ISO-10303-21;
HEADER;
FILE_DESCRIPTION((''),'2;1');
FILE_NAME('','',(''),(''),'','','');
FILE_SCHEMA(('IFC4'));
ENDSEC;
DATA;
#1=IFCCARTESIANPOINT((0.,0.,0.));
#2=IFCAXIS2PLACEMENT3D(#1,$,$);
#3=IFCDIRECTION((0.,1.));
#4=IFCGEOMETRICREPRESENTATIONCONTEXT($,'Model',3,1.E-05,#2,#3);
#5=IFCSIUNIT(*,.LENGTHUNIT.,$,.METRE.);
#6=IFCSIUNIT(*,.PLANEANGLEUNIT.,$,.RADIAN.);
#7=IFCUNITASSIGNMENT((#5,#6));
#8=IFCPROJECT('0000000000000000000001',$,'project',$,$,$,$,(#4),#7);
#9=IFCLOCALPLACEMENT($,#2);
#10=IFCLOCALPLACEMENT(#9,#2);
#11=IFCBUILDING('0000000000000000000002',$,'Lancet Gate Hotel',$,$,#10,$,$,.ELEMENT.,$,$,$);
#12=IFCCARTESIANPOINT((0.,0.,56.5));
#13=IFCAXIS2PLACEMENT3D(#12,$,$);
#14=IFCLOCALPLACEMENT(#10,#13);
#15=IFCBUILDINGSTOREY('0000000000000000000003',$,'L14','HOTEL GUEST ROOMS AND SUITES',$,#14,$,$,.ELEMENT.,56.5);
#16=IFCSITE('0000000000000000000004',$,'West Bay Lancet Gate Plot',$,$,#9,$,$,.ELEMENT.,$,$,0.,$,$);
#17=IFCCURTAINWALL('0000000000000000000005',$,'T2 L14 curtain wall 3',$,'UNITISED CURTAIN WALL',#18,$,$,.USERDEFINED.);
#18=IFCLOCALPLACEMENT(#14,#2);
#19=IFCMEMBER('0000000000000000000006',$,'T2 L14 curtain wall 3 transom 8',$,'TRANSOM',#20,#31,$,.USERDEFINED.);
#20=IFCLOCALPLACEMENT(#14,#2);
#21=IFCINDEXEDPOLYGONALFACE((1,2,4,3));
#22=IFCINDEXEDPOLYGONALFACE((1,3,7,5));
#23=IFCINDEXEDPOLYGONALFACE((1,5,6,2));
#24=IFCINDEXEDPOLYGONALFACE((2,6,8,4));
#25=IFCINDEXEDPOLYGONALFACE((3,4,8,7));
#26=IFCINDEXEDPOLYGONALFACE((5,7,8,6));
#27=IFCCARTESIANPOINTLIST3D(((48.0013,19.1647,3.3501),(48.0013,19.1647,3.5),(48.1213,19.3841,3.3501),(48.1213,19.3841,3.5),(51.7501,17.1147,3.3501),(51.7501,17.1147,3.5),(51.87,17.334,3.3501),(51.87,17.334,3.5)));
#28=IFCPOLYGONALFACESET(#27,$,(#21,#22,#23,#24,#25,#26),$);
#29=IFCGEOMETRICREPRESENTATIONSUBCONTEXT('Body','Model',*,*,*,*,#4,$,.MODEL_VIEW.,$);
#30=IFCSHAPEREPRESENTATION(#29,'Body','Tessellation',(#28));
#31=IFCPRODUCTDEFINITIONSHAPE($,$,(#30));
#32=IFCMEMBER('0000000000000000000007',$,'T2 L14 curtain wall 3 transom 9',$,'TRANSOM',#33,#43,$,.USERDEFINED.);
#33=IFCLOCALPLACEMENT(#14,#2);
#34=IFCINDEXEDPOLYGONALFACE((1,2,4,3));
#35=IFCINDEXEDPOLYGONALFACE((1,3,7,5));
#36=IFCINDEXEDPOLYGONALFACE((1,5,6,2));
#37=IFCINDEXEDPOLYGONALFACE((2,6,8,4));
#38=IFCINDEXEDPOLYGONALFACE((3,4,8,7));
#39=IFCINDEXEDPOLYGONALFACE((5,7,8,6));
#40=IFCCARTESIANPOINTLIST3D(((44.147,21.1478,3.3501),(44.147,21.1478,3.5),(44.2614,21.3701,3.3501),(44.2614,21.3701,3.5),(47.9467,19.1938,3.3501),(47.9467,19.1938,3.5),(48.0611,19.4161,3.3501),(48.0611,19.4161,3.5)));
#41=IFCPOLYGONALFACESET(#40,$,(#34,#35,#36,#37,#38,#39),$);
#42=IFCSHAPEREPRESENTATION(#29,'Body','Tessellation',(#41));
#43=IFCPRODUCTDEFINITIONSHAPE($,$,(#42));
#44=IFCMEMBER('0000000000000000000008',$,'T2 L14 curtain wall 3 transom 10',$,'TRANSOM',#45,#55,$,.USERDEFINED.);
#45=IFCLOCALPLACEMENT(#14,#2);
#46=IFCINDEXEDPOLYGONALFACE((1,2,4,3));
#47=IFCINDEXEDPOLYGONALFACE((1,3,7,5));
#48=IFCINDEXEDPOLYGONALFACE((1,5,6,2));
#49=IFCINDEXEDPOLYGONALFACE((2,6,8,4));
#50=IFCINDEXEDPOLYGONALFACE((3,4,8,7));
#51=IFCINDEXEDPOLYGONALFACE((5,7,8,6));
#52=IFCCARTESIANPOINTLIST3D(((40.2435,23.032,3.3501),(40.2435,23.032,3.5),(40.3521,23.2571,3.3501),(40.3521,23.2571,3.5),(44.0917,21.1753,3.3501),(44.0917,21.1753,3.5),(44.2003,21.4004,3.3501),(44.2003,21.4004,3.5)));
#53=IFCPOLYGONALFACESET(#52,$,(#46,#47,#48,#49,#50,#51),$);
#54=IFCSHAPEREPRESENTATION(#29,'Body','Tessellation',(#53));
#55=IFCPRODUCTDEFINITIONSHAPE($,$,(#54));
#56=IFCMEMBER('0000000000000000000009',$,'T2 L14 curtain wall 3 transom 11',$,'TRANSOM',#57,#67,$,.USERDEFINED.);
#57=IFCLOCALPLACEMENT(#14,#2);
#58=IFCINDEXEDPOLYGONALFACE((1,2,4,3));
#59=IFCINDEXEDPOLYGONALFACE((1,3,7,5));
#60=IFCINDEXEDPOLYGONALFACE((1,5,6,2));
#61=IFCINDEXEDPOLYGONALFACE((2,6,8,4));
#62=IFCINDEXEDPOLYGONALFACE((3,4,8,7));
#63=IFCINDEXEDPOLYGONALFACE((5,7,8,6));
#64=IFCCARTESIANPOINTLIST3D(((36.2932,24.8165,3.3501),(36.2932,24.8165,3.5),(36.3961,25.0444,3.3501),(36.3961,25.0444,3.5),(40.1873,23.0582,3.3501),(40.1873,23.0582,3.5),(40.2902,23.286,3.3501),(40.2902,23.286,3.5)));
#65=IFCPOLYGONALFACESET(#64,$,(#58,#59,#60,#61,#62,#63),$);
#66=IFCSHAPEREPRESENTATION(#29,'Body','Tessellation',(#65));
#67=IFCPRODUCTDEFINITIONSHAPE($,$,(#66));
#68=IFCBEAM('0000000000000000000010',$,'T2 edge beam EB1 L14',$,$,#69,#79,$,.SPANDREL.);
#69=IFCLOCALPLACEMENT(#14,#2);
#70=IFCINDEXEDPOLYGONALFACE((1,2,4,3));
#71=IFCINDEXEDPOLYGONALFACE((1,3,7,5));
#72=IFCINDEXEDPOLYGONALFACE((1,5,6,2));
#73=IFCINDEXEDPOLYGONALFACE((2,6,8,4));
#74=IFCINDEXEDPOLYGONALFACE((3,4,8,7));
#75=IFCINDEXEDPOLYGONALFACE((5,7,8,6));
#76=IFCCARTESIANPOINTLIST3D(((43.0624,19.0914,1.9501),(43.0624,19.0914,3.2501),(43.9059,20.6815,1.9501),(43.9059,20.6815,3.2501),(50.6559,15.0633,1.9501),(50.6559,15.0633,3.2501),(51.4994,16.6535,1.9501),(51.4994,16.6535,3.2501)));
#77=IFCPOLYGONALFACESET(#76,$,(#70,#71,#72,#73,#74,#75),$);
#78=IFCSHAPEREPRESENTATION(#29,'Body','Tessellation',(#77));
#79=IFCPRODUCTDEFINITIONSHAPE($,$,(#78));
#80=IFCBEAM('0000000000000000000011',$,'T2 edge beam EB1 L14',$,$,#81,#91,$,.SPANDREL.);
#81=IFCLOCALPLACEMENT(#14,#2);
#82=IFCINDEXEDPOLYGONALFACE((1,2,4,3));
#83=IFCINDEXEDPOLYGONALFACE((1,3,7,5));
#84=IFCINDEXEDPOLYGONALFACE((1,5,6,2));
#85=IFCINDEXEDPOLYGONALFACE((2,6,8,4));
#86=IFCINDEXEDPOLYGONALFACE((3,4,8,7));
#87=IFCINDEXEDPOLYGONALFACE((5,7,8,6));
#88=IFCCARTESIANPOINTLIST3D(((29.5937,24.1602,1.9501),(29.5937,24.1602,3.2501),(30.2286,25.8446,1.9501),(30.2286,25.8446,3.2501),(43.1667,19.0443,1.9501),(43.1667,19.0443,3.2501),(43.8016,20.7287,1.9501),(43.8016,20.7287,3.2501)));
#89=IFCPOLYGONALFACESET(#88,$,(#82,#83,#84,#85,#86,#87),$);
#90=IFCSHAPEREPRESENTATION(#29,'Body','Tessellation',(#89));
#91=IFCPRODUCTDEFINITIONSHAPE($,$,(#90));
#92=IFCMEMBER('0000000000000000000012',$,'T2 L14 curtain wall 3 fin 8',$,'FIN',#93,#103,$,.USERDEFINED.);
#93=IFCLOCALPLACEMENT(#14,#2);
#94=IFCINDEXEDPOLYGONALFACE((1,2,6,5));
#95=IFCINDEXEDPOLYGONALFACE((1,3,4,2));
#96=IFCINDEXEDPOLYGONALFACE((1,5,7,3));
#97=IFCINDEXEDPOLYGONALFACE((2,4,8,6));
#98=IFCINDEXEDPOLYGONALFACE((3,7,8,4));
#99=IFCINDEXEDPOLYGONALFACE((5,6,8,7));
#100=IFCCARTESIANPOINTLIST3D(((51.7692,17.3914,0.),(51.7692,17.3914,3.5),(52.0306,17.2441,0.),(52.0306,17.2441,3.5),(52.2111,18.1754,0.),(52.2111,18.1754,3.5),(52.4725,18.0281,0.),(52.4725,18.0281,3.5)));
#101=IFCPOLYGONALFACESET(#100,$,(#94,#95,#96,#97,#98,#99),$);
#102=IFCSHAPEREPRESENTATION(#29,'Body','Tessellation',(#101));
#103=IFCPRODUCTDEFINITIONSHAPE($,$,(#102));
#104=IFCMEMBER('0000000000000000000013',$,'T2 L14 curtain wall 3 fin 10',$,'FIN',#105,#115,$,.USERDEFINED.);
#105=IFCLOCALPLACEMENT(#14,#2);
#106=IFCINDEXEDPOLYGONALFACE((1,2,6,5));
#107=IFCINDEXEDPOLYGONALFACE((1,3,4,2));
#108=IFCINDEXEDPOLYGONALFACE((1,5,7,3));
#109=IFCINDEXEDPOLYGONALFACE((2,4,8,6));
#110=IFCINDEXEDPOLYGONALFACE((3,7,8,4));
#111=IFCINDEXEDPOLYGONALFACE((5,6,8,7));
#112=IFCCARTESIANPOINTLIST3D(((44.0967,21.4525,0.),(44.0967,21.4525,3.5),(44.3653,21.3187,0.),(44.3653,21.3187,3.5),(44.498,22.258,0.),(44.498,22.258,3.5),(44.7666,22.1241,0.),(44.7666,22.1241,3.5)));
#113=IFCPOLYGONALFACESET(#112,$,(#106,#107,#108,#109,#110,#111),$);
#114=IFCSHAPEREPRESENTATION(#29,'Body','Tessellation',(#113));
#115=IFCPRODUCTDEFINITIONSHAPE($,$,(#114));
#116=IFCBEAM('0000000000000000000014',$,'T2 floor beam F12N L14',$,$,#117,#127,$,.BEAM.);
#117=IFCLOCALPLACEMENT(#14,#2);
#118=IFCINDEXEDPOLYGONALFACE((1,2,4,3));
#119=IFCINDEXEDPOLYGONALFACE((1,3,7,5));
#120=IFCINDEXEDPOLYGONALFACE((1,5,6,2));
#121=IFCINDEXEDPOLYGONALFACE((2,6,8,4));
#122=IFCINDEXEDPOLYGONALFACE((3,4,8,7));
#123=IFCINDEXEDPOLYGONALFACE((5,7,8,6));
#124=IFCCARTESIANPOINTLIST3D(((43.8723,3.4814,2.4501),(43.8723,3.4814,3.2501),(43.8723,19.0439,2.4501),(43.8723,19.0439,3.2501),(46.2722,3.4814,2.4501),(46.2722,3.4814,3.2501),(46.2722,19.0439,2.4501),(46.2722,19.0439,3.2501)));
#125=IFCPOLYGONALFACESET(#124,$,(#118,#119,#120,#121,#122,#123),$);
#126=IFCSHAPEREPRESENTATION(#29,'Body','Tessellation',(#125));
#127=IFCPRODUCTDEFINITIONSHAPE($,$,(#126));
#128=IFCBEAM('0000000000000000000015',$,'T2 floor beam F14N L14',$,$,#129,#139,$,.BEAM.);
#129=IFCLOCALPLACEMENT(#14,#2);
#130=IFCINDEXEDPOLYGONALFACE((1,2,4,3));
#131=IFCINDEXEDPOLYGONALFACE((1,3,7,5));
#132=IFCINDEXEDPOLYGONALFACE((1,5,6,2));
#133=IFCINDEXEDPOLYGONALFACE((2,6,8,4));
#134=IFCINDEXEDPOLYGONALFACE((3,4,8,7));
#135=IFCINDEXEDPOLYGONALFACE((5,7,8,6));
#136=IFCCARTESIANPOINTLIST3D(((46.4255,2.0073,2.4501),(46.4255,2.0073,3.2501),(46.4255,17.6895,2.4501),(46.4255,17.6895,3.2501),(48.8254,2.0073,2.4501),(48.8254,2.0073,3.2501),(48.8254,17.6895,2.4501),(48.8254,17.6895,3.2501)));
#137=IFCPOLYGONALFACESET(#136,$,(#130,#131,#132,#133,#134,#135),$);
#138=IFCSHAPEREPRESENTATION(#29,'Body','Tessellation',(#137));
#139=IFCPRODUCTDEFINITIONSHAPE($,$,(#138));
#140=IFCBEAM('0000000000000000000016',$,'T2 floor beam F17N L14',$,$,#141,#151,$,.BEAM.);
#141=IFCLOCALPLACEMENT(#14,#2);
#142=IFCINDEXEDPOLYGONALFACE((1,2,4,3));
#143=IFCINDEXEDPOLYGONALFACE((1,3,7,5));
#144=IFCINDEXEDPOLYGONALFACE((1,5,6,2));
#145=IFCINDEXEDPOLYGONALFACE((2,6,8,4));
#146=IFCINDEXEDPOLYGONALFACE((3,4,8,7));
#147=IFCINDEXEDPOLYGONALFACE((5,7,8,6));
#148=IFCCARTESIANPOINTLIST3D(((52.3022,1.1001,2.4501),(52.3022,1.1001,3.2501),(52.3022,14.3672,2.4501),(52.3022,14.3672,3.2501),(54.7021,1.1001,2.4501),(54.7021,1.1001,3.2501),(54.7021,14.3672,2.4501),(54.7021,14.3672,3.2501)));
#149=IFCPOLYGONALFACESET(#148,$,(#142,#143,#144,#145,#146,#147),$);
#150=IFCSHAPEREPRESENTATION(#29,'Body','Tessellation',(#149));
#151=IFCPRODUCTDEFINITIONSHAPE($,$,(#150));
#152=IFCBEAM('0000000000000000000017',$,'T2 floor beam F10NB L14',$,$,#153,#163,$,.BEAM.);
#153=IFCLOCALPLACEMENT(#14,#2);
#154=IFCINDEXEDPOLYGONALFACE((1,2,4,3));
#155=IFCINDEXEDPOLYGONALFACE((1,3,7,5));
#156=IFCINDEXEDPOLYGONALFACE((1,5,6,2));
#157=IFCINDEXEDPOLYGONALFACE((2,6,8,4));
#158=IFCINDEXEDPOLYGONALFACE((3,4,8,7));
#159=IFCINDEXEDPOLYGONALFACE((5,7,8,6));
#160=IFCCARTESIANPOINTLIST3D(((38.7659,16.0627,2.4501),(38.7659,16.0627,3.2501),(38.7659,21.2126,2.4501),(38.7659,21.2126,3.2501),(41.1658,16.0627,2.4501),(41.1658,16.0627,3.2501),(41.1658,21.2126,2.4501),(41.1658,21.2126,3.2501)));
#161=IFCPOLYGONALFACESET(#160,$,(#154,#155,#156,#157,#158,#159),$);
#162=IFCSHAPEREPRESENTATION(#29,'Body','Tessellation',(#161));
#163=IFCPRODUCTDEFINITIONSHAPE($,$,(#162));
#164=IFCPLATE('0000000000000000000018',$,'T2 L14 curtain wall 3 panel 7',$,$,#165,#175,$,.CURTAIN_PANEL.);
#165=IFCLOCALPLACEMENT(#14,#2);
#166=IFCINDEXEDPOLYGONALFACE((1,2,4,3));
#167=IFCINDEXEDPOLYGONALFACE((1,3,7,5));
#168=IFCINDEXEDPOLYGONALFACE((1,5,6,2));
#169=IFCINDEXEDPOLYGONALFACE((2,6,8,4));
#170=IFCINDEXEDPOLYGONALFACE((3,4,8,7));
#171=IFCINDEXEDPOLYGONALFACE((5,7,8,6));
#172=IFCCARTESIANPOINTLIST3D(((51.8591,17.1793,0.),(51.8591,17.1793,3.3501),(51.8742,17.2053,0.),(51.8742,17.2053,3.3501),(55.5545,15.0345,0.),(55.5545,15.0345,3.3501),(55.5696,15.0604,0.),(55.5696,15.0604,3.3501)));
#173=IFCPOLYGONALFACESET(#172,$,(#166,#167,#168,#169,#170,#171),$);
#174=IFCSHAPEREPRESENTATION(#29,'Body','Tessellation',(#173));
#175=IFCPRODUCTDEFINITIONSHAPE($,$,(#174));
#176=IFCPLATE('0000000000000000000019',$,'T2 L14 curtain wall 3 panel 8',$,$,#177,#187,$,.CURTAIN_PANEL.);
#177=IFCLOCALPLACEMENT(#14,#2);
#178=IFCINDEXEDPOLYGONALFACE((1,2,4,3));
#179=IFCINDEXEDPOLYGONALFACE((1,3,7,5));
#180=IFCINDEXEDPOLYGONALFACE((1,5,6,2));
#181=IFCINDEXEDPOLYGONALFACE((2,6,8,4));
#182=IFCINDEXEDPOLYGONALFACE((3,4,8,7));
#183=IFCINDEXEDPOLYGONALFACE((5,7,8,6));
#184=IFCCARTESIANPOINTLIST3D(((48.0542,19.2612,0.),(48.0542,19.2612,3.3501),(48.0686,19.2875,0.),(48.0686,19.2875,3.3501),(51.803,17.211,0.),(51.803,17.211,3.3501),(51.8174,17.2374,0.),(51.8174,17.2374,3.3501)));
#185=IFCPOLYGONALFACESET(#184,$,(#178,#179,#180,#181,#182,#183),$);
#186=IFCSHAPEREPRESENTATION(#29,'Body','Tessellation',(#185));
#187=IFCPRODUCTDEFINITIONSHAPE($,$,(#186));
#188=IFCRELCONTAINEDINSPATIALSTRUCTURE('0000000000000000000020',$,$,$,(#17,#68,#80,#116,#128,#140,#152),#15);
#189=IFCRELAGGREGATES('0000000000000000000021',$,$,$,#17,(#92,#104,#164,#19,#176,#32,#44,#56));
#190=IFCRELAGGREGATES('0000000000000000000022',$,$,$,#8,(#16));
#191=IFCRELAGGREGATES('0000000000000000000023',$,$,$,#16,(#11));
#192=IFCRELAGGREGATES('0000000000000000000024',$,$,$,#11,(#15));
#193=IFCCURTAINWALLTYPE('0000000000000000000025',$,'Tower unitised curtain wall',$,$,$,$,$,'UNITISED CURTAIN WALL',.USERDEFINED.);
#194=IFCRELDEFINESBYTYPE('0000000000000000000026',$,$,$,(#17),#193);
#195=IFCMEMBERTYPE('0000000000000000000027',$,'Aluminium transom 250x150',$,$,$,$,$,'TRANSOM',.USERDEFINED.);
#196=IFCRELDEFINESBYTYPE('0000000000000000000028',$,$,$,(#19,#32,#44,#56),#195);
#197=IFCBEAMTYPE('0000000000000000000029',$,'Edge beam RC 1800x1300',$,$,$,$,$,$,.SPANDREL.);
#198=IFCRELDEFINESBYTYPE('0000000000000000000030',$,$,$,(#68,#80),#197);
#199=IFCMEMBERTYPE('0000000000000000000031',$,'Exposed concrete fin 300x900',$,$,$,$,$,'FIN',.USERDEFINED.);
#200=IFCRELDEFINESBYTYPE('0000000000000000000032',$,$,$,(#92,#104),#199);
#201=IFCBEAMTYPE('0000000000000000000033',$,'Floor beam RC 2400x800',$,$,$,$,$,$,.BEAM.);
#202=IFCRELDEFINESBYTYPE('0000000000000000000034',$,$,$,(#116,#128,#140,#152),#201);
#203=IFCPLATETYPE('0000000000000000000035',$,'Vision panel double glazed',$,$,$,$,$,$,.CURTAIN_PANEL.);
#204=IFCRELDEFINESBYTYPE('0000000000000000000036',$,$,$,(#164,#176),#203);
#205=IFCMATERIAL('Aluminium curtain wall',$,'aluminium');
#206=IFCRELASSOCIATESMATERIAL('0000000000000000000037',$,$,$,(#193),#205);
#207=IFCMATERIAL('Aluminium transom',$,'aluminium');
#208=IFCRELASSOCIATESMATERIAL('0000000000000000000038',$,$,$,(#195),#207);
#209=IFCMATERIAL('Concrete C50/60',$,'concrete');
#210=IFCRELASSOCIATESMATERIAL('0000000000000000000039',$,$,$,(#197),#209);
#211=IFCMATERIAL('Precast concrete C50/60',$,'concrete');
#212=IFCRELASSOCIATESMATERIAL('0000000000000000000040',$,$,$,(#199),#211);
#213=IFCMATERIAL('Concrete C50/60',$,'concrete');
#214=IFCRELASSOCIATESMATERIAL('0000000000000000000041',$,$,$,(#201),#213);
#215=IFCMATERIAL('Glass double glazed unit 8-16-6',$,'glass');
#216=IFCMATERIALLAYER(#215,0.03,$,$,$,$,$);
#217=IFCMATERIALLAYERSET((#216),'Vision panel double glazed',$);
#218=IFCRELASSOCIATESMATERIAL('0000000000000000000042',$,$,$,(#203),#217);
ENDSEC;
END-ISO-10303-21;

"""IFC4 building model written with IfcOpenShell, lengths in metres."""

from ifc_helpers import new_model, si_unit, direction, frame, origin, origin_2d, place, context, subcontext, project, spatial, rectangle, extrude, material, layer, layer_set, material_profile, profile_set, type_object, element, aggregate, save


model = new_model("IFC4")

# Units and contexts
model_context = context("Model", 3, precision=1e-05, world=origin(), true_north=direction((0.0, 1.0)))
body_context = subcontext(model_context, "Body", "Model", "MODEL_VIEW")
ifc_project = project(units=[si_unit("LENGTHUNIT", "METRE"), si_unit("PLANEANGLEUNIT", "RADIAN")], contexts=[model_context])

# Site, building, storey
site_placement = place(None, origin())
site = spatial("IfcSite", under=ifc_project, at=site_placement, Name="West Bay Lancet Gate Plot", CompositionType="ELEMENT", RefElevation=0.0)
building_placement = place(site_placement, origin())
building = spatial("IfcBuilding", under=site, at=building_placement, Name="Lancet Gate Hotel", CompositionType="ELEMENT")
storey_placement = place(building_placement, frame((0.0, 0.0, 56.5)))
storey = spatial("IfcBuildingStorey", under=building, at=storey_placement, Name="L14", Description="HOTEL GUEST ROOMS AND SUITES", CompositionType="ELEMENT", Elevation=56.5)

# Curtain wall, members
ifc_material_1 = material(Name="Aluminium curtain wall", Category="aluminium")
curtain_wall_type = type_object("IfcCurtainWallType", Name="Tower unitised curtain wall", ElementType="UNITISED CURTAIN WALL", PredefinedType="USERDEFINED", material=ifc_material_1)
curtain_wall_placement = place(storey_placement, origin())
curtain_wall = element("IfcCurtainWall", 1, at=curtain_wall_placement, inside=storey, type_object=curtain_wall_type, Name="T2 L14 curtain wall 3", ObjectType="UNITISED CURTAIN WALL", PredefinedType="USERDEFINED")
ifc_material_2 = material(Name="Aluminium transom", Category="aluminium")
ifc_material_profile_1 = material_profile(ifc_material_2, rectangle(XDim=0.25, YDim=0.1499, at=origin_2d()), Name="TRANSOM 250x150")
ifc_profile_set_1 = profile_set([ifc_material_profile_1], Name="Aluminium transom")
member_type_1 = type_object("IfcMemberType", Name="Aluminium transom 250x150", ElementType="TRANSOM", PredefinedType="USERDEFINED", material=ifc_profile_set_1)
member_1_placement = place(storey_placement, frame((51.8101, 17.2244, 3.425), z_axis=(-0.877378, 0.479801, 0.0), x_axis=(-0.479801, -0.877378, 0.0)))
member_1 = element("IfcMember", 2, at=member_1_placement, type_object=member_type_1, Name="T2 L14 curtain wall 3 transom 8", ObjectType="TRANSOM", PredefinedType="USERDEFINED", context=body_context, shape_type="SweptSolid", body=[
    extrude(rectangle(XDim=0.25, YDim=0.1499, at=origin_2d()), origin(), (0.0, 0.0, 1.0), 4.2727),
])
member_2_placement = place(storey_placement, frame((48.0039, 19.3049, 3.425), z_axis=(-0.889296, 0.457333, 0.0), x_axis=(-0.457333, -0.889296, 0.0)))
member_2 = element("IfcMember", 3, at=member_2_placement, type_object=member_type_1, Name="T2 L14 curtain wall 3 transom 9", ObjectType="TRANSOM", PredefinedType="USERDEFINED", context=body_context, shape_type="SweptSolid", body=[
    extrude(rectangle(XDim=0.25, YDim=0.1499, at=origin_2d()), origin(), (0.0, 0.0, 1.0), 4.2727),
])
member_3_placement = place(storey_placement, frame((44.146, 21.2878, 3.425), z_axis=(-0.900646, 0.434553, 0.0), x_axis=(-0.434553, -0.900646, 0.0)))
member_3 = element("IfcMember", 4, at=member_3_placement, type_object=member_type_1, Name="T2 L14 curtain wall 3 transom 10", ObjectType="TRANSOM", PredefinedType="USERDEFINED", context=body_context, shape_type="SweptSolid", body=[
    extrude(rectangle(XDim=0.25, YDim=0.1499, at=origin_2d()), origin(), (0.0, 0.0, 1.0), 4.2727),
])
member_4_placement = place(storey_placement, frame((40.2388, 23.1721, 3.425), z_axis=(-0.911397, 0.411529, 0.0), x_axis=(-0.411529, -0.911397, 0.0)))
member_4 = element("IfcMember", 5, at=member_4_placement, type_object=member_type_1, Name="T2 L14 curtain wall 3 transom 11", ObjectType="TRANSOM", PredefinedType="USERDEFINED", context=body_context, shape_type="SweptSolid", body=[
    extrude(rectangle(XDim=0.25, YDim=0.1499, at=origin_2d()), origin(), (0.0, 0.0, 1.0), 4.2727),
])

# Beams
ifc_material_3 = material(Name="Concrete C50/60", Category="concrete")
ifc_material_profile_2 = material_profile(ifc_material_3, rectangle(XDim=1.8, YDim=1.3, at=origin_2d()), Name="RC 1800x1300")
ifc_profile_set_2 = profile_set([ifc_material_profile_2], Name="Concrete C50/60")
beam_type_1 = type_object("IfcBeamType", Name="Edge beam RC 1800x1300", PredefinedType="SPANDREL", material=ifc_profile_set_2)
beam_1_placement = place(storey_placement, frame((51.0776, 15.8584, 2.6001), z_axis=(-0.883403, 0.468613, 0.0), x_axis=(-0.468613, -0.883403, 0.0)))
element("IfcBeam", 6, at=beam_1_placement, inside=storey, type_object=beam_type_1, Name="T2 edge beam EB1 L14", PredefinedType="SPANDREL", context=body_context, shape_type="SweptSolid", body=[
    extrude(rectangle(XDim=1.8, YDim=1.3, at=origin_2d()), origin(), (0.0, 0.0, 1.0), 8.5957),
])
beam_2_placement = place(storey_placement, frame((43.4841, 19.8865, 2.6001), z_axis=(-0.935736, 0.3527, 0.0), x_axis=(-0.3527, -0.935736, 0.0)))
element("IfcBeam", 7, at=beam_2_placement, inside=storey, type_object=beam_type_1, Name="T2 edge beam EB1 L14", PredefinedType="SPANDREL", context=body_context, shape_type="SweptSolid", body=[
    extrude(rectangle(XDim=1.8, YDim=1.3, at=origin_2d()), origin(), (0.0, 0.0, 1.0), 14.5051),
])

# Members
ifc_material_4 = material(Name="Precast concrete C50/60", Category="concrete")
ifc_material_profile_3 = material_profile(ifc_material_4, rectangle(XDim=0.3, YDim=0.8999, at=origin_2d()), Name="FIN 300x900")
ifc_profile_set_3 = profile_set([ifc_material_profile_3], Name="Precast concrete C50/60")
member_type_2 = type_object("IfcMemberType", Name="Exposed concrete fin 300x900", ElementType="FIN", PredefinedType="USERDEFINED", material=ifc_profile_set_3)
member_5_placement = place(storey_placement, frame((52.1208, 17.7097, 0.0), z_axis=(0.0, 0.0, 1.0), x_axis=(-0.87119, 0.490945, 0.0)))
member_5 = element("IfcMember", 8, at=member_5_placement, type_object=member_type_2, Name="T2 L14 curtain wall 3 fin 8", ObjectType="FIN", PredefinedType="USERDEFINED", context=body_context, shape_type="SweptSolid", body=[
    extrude(rectangle(XDim=0.3, YDim=0.8999, at=origin_2d()), origin(), (0.0, 0.0, 1.0), 3.5),
])
member_6_placement = place(storey_placement, frame((44.4316, 21.7883, 0.0), z_axis=(0.0, 0.0, 1.0), x_axis=(-0.895044, 0.445978, 0.0)))
member_6 = element("IfcMember", 9, at=member_6_placement, type_object=member_type_2, Name="T2 L14 curtain wall 3 fin 10", ObjectType="FIN", PredefinedType="USERDEFINED", context=body_context, shape_type="SweptSolid", body=[
    extrude(rectangle(XDim=0.3, YDim=0.8999, at=origin_2d()), origin(), (0.0, 0.0, 1.0), 3.5),
])

# Beams
ifc_material_5 = material(Name="Concrete C50/60", Category="concrete")
ifc_material_profile_4 = material_profile(ifc_material_5, rectangle(XDim=2.3999, YDim=0.8, at=origin_2d()), Name="RC 2400x800")
ifc_profile_set_4 = profile_set([ifc_material_profile_4], Name="Concrete C50/60")
beam_type_2 = type_object("IfcBeamType", Name="Floor beam RC 2400x800", PredefinedType="BEAM", material=ifc_profile_set_4)
beam_3_placement = place(storey_placement, frame((45.0723, 3.4814, 2.8501), z_axis=(0.0, 1.0, 0.0), x_axis=(-1.0, 0.0, 0.0)))
element("IfcBeam", 10, at=beam_3_placement, inside=storey, type_object=beam_type_2, Name="T2 floor beam F12N L14", PredefinedType="BEAM", context=body_context, shape_type="SweptSolid", body=[
    extrude(rectangle(XDim=2.3999, YDim=0.8, at=origin_2d()), origin(), (0.0, 0.0, 1.0), 15.5625),
])
beam_4_placement = place(storey_placement, frame((47.6255, 2.0073, 2.8501), z_axis=(0.0, 1.0, 0.0), x_axis=(-1.0, 0.0, 0.0)))
element("IfcBeam", 11, at=beam_4_placement, inside=storey, type_object=beam_type_2, Name="T2 floor beam F14N L14", PredefinedType="BEAM", context=body_context, shape_type="SweptSolid", body=[
    extrude(rectangle(XDim=2.3999, YDim=0.8, at=origin_2d()), origin(), (0.0, 0.0, 1.0), 15.6821),
])
beam_5_placement = place(storey_placement, frame((53.5022, 1.1001, 2.8501), z_axis=(0.0, 1.0, 0.0), x_axis=(-1.0, 0.0, 0.0)))
element("IfcBeam", 12, at=beam_5_placement, inside=storey, type_object=beam_type_2, Name="T2 floor beam F17N L14", PredefinedType="BEAM", context=body_context, shape_type="SweptSolid", body=[
    extrude(rectangle(XDim=2.3999, YDim=0.8, at=origin_2d()), origin(), (0.0, 0.0, 1.0), 13.2671),
])
beam_6_placement = place(storey_placement, frame((39.9658, 16.0627, 2.8501), z_axis=(0.0, 1.0, 0.0), x_axis=(-1.0, 0.0, 0.0)))
element("IfcBeam", 13, at=beam_6_placement, inside=storey, type_object=beam_type_2, Name="T2 floor beam F10NB L14", PredefinedType="BEAM", context=body_context, shape_type="SweptSolid", body=[
    extrude(rectangle(XDim=2.3999, YDim=0.8, at=origin_2d()), origin(), (0.0, 0.0, 1.0), 5.1499),
])

# Plates
ifc_material_6 = material(Name="Glass double glazed unit 8-16-6", Category="glass")
ifc_layer_1 = layer(ifc_material_6, 0.03)
ifc_layer_set_1 = layer_set([ifc_layer_1], Name="Vision panel double glazed")
plate_type = type_object("IfcPlateType", Name="Vision panel double glazed", PredefinedType="CURTAIN_PANEL", material=ifc_layer_set_1)
plate_1_placement = place(storey_placement, frame((53.7144, 16.1199, 0.0), z_axis=(0.0, 0.0, 1.0), x_axis=(-0.864872, 0.501993, 0.0)))
plate_1 = element("IfcPlate", 14, at=plate_1_placement, type_object=plate_type, Name="T2 L14 curtain wall 3 panel 7", PredefinedType="CURTAIN_PANEL", context=body_context, shape_type="SweptSolid", body=[
    extrude(rectangle(XDim=4.2727, YDim=0.03, at=origin_2d()), origin(), (0.0, 0.0, 1.0), 3.3501),
])
plate_2_placement = place(storey_placement, frame((49.9358, 18.2493, 0.0), z_axis=(0.0, 0.0, 1.0), x_axis=(-0.877368, 0.479818, 0.0)))
plate_2 = element("IfcPlate", 15, at=plate_2_placement, type_object=plate_type, Name="T2 L14 curtain wall 3 panel 8", PredefinedType="CURTAIN_PANEL", context=body_context, shape_type="SweptSolid", body=[
    extrude(rectangle(XDim=4.2727, YDim=0.03, at=origin_2d()), origin(), (0.0, 0.0, 1.0), 3.3501),
])
aggregate(curtain_wall, [member_5, member_6, plate_1, member_1, plate_2, member_2, member_3, member_4])

save(model, "model.ifc")
